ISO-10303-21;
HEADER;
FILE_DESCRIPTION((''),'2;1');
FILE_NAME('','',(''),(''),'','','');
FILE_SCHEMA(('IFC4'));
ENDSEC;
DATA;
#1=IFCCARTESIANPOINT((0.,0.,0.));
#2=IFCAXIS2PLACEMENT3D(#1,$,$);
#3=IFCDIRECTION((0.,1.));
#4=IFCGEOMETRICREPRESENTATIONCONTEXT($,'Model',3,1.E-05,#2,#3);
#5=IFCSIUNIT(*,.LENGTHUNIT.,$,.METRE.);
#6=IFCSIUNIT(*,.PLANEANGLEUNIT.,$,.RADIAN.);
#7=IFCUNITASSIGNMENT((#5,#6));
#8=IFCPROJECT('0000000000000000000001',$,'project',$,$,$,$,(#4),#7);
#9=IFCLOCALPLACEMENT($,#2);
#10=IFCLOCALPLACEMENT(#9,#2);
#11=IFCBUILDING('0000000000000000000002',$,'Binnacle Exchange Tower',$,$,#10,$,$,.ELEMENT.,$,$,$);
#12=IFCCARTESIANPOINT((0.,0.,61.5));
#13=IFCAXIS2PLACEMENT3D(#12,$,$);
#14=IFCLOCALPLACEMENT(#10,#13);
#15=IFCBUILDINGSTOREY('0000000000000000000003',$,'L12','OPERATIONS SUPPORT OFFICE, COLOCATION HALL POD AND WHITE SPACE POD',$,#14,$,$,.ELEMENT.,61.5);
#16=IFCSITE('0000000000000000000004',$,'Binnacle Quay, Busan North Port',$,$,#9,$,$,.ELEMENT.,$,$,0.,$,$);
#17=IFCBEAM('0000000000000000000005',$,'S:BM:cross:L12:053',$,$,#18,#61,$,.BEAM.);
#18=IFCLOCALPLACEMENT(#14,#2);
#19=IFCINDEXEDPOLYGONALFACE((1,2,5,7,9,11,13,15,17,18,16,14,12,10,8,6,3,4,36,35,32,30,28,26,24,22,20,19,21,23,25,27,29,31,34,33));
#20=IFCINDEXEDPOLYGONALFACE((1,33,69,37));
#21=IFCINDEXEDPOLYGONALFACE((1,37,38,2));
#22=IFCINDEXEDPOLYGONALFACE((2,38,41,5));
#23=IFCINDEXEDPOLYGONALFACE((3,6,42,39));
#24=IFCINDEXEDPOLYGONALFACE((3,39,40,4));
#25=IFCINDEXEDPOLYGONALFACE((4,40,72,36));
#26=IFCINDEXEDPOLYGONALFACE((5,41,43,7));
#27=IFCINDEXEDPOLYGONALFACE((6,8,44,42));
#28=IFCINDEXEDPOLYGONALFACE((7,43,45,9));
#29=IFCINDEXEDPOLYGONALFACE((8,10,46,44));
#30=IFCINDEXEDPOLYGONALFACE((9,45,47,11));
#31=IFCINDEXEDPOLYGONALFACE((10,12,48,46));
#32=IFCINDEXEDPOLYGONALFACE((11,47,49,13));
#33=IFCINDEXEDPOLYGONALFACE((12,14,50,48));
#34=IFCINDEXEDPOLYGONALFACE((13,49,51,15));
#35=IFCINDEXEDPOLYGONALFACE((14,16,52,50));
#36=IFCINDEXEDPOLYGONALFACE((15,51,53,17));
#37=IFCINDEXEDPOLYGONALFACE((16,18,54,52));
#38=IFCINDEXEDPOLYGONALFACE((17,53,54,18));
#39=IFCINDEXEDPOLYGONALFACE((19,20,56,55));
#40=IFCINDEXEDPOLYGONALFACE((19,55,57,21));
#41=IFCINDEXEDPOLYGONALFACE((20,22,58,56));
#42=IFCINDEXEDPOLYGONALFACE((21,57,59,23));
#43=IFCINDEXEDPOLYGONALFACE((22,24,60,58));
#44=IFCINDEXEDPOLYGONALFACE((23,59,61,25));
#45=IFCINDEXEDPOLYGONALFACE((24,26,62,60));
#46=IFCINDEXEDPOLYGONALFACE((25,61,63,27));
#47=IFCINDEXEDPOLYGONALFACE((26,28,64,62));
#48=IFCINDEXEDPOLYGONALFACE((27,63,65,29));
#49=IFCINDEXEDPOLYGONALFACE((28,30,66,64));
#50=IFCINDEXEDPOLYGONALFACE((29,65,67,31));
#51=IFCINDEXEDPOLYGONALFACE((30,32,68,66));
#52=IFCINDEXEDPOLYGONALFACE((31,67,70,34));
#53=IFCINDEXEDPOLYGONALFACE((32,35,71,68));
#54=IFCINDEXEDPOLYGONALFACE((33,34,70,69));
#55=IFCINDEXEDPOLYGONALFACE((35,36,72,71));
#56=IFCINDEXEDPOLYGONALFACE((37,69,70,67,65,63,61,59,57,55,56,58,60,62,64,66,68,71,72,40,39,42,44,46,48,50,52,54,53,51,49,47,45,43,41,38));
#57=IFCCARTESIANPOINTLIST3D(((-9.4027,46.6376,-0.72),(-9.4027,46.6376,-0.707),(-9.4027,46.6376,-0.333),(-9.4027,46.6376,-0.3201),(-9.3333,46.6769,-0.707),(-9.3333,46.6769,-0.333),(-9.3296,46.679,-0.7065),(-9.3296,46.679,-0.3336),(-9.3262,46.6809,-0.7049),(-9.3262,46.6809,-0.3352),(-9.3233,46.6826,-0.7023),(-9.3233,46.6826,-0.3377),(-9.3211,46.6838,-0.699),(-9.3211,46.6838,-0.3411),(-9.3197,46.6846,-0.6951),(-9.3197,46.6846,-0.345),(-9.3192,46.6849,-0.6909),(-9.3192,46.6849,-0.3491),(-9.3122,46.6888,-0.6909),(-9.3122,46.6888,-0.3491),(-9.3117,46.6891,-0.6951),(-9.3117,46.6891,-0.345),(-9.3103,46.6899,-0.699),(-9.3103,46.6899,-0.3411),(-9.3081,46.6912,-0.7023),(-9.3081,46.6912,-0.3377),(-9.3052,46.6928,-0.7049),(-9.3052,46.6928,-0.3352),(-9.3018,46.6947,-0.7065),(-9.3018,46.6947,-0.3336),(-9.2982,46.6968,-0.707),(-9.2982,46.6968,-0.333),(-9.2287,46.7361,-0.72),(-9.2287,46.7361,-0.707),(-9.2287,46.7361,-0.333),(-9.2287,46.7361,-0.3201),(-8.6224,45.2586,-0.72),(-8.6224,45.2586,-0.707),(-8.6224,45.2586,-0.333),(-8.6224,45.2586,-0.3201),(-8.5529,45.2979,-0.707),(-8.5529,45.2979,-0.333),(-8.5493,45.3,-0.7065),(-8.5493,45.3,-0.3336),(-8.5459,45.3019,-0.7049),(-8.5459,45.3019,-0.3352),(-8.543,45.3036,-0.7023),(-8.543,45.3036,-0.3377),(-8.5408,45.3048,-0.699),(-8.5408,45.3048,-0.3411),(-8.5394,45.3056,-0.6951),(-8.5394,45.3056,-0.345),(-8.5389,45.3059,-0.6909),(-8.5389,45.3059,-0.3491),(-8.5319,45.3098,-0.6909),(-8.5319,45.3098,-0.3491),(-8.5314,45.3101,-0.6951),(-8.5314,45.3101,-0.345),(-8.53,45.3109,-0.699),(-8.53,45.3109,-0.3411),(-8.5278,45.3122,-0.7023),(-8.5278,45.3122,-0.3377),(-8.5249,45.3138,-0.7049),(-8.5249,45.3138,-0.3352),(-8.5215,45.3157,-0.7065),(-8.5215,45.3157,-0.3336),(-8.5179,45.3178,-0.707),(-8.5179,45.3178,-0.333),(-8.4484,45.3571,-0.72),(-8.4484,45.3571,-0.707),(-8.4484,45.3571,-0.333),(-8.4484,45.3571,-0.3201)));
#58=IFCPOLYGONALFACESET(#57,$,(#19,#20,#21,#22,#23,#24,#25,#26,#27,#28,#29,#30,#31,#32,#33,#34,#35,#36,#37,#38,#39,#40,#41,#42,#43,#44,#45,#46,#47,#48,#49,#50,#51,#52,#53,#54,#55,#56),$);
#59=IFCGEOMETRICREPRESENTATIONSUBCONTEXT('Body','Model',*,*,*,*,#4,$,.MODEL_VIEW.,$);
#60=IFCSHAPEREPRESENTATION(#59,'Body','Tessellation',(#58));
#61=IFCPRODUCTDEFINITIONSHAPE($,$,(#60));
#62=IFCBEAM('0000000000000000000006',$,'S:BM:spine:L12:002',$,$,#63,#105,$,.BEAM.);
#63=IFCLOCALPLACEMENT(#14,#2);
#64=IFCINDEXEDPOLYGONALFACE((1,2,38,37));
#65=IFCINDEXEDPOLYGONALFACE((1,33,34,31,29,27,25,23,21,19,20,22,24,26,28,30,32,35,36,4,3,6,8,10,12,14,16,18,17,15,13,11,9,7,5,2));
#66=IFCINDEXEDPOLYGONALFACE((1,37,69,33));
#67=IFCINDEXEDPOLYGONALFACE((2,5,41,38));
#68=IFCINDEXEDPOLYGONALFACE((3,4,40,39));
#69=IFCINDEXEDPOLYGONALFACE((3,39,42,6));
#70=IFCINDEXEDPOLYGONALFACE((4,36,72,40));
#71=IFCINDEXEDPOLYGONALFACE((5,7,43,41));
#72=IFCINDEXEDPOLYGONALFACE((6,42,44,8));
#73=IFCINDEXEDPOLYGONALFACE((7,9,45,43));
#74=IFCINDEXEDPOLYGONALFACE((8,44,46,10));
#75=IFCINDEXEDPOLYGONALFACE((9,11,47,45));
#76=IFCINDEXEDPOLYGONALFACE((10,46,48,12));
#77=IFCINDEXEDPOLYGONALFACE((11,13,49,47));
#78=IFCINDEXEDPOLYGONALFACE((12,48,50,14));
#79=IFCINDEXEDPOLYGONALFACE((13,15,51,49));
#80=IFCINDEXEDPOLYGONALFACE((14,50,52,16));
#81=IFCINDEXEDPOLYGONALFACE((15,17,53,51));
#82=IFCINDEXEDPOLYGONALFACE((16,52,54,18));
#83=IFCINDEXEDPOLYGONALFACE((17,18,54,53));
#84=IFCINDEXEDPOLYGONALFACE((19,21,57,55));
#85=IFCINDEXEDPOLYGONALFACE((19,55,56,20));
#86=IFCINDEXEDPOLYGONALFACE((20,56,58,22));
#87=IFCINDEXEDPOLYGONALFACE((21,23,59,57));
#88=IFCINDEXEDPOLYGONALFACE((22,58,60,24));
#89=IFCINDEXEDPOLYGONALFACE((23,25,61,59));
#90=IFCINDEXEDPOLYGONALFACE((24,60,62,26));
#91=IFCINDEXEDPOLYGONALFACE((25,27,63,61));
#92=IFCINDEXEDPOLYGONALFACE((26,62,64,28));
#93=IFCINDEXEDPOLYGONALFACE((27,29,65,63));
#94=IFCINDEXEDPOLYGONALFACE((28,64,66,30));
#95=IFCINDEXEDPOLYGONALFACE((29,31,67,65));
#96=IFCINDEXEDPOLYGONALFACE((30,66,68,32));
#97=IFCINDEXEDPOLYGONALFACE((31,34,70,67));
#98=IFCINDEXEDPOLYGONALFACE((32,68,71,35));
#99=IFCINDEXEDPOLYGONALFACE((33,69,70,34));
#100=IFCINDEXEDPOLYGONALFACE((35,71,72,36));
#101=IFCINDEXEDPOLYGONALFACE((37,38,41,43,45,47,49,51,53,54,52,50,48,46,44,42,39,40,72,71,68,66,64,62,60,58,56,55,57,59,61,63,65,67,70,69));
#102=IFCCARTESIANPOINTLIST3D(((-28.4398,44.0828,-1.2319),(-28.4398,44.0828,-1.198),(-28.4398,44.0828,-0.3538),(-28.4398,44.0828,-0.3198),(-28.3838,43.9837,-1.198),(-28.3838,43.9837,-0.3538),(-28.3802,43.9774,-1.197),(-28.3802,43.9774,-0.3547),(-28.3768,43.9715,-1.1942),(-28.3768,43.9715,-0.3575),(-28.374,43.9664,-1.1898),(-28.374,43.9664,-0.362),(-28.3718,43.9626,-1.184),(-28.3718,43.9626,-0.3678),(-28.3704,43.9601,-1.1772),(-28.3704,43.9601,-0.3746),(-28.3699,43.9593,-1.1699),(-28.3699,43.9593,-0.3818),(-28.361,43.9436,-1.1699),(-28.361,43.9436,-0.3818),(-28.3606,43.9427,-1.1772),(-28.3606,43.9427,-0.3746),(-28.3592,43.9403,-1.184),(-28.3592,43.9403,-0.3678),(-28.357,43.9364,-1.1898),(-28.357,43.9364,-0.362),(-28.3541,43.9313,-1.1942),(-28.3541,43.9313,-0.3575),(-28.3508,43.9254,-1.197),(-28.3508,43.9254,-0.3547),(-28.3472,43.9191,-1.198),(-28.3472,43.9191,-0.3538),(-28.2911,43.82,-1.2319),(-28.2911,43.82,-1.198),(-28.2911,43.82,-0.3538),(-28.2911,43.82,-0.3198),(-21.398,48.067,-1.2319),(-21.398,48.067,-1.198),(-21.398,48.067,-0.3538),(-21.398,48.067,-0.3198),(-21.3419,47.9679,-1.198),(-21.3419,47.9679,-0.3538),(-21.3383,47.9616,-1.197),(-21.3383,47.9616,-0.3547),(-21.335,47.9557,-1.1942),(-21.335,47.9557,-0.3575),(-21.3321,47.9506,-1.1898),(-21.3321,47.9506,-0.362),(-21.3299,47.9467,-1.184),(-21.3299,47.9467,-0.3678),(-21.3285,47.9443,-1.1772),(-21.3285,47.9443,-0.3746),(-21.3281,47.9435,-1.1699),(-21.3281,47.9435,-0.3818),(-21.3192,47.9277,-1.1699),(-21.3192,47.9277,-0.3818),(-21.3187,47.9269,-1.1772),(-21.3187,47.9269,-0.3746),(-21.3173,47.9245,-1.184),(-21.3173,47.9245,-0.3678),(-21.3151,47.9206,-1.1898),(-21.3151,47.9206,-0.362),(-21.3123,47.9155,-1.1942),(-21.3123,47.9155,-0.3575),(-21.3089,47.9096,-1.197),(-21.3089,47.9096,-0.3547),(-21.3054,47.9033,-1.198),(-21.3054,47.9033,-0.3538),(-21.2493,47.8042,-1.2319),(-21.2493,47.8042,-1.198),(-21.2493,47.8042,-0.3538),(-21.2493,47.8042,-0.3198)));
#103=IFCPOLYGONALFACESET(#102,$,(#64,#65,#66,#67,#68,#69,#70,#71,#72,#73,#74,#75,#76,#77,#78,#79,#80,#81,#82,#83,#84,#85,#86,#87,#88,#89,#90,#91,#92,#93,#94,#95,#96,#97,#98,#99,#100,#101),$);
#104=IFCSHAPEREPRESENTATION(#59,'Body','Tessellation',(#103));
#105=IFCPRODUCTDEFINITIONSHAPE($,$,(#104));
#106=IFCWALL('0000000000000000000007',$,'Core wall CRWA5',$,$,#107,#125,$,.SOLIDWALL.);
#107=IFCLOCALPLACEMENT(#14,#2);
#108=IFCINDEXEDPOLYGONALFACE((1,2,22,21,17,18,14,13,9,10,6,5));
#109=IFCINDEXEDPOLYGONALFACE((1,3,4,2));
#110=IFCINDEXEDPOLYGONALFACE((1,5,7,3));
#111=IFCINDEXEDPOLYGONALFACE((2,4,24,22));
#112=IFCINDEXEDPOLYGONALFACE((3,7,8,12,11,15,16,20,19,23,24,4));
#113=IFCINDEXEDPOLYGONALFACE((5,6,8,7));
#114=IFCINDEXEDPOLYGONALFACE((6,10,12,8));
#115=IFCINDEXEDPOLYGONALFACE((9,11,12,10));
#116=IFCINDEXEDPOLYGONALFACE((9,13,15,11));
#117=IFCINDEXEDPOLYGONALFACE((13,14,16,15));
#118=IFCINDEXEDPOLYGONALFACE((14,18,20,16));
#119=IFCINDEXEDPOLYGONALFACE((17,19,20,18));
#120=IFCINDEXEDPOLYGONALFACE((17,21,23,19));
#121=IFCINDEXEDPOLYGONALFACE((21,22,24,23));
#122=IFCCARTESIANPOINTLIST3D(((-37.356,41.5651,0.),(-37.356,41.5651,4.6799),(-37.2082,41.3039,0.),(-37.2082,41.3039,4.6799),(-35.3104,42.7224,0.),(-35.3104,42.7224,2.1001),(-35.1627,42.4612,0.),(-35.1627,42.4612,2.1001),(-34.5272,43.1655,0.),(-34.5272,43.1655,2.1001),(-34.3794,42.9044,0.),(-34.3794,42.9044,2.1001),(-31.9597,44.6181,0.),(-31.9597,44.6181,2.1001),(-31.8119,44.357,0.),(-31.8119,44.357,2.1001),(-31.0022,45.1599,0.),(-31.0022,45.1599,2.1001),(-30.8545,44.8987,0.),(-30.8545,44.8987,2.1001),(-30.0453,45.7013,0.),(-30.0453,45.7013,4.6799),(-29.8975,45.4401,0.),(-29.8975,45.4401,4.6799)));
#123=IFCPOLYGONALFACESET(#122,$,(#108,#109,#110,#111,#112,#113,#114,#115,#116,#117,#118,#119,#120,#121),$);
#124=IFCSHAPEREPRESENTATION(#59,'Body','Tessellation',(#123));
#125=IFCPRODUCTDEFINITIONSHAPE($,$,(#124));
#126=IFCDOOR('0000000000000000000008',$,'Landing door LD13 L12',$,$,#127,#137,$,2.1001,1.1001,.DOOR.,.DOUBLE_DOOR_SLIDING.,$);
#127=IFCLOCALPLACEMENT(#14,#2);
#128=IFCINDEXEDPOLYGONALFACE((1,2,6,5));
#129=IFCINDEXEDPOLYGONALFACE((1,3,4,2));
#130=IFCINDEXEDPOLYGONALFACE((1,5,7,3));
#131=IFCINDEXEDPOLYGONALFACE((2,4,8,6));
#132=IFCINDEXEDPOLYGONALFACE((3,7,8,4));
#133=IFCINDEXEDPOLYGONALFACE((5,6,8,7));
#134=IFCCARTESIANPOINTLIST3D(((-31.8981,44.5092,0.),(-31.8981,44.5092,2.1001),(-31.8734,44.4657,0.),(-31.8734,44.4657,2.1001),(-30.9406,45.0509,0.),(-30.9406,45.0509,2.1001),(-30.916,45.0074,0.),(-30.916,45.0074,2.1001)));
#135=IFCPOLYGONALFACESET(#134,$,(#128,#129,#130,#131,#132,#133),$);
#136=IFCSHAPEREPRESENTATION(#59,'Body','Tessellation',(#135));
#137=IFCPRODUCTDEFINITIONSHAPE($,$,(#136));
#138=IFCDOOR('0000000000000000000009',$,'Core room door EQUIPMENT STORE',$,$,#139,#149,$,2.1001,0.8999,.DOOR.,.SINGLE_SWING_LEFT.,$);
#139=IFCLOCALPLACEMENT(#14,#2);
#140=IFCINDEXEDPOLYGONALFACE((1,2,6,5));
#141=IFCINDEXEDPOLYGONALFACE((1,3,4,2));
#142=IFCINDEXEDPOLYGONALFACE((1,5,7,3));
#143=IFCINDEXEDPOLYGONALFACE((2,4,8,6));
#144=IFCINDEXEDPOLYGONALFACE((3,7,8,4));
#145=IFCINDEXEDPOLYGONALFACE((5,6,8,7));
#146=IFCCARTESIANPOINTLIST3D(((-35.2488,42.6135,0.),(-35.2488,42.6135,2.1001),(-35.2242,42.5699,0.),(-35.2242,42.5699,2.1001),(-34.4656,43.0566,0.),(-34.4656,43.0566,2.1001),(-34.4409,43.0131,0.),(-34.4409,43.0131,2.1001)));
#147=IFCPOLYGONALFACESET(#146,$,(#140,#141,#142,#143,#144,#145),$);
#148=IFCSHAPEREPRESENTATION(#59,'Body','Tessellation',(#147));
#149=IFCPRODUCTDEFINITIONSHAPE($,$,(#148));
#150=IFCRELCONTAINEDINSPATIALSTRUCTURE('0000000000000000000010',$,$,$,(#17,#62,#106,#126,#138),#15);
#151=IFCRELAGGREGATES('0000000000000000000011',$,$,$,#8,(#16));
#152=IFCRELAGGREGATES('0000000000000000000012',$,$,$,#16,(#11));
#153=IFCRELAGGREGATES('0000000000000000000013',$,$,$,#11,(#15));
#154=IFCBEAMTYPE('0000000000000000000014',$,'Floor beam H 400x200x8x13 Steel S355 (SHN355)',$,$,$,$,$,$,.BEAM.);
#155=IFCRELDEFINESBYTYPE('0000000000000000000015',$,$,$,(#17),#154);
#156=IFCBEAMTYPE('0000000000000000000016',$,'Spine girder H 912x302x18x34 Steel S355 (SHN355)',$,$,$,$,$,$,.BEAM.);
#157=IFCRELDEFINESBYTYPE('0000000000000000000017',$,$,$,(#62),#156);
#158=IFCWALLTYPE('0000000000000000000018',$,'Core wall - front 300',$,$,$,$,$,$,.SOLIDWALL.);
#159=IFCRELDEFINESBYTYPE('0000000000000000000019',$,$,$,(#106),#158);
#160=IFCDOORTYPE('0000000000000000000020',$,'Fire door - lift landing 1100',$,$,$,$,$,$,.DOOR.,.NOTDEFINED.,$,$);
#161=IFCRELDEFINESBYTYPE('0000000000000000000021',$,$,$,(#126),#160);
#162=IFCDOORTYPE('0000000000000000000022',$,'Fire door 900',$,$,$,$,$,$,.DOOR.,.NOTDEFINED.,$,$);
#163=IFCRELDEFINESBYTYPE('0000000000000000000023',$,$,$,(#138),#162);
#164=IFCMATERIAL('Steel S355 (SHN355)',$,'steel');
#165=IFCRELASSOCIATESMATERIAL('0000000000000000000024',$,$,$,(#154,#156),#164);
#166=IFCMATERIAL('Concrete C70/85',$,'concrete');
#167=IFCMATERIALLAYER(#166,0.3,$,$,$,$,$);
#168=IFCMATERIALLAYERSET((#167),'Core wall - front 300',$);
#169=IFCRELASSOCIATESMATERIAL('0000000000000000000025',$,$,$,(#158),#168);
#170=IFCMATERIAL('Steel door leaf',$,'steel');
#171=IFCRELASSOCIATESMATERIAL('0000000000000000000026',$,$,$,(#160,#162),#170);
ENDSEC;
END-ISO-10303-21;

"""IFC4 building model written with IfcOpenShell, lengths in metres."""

from ifc_helpers import new_model, si_unit, direction, frame, frame_2d, origin, origin_2d, place, context, subcontext, project, spatial, rectangle, i_section, extrude, material, layer, layer_set, material_profile, profile_set, type_object, element, fill, save


model = new_model("IFC4")

# Units and contexts
model_context = context("Model", 3, precision=1e-05, world=origin(), true_north=direction((0.0, 1.0)))
body_context = subcontext(model_context, "Body", "Model", "MODEL_VIEW")
ifc_project = project(units=[si_unit("LENGTHUNIT", "METRE"), si_unit("PLANEANGLEUNIT", "RADIAN")], contexts=[model_context])

# Site, building, storey
site_placement = place(None, origin())
site = spatial("IfcSite", under=ifc_project, at=site_placement, Name="Binnacle Quay, Busan North Port", CompositionType="ELEMENT", RefElevation=0.0)
building_placement = place(site_placement, origin())
building = spatial("IfcBuilding", under=site, at=building_placement, Name="Binnacle Exchange Tower", CompositionType="ELEMENT")
storey_placement = place(building_placement, frame((0.0, 0.0, 61.5)))
storey = spatial("IfcBuildingStorey", under=building, at=storey_placement, Name="L12", Description="OPERATIONS SUPPORT OFFICE, COLOCATION HALL POD AND WHITE SPACE POD", CompositionType="ELEMENT", Elevation=61.5)

# Shared definitions
ifc_material_1 = material(Name="Concrete C70/85", Category="concrete")

# Beams
ifc_material_2 = material(Name="Steel S355 (SHN355)", Category="steel")
ifc_material_profile_1 = material_profile(ifc_material_2, i_section(OverallWidth=0.2, OverallDepth=0.3999, WebThickness=0.0081, FlangeThickness=0.0129, FilletRadius=0.0161, at=origin_2d()), Name="H 400x200x8x13")
ifc_profile_set_1 = profile_set([ifc_material_profile_1], Name="Steel S355 (SHN355)")
beam_type_1 = type_object("IfcBeamType", Name="Floor beam H 400x200x8x13 Steel S355 (SHN355)", PredefinedType="BEAM", material=ifc_profile_set_1)
beam_1_placement = place(storey_placement, frame((-8.5354, 45.3079, -0.52), z_axis=(-0.492484, 0.870322, 0.0), x_axis=(-0.870322, -0.492484, 0.0)))
element("IfcBeam", 1, at=beam_1_placement, inside=storey, type_object=beam_type_1, Name="S:BM:cross:L12:053", PredefinedType="BEAM", context=body_context, shape_type="SweptSolid", body=[
    extrude(i_section(OverallWidth=0.2, OverallDepth=0.3999, WebThickness=0.0081, FlangeThickness=0.0129, FilletRadius=0.0161, at=origin_2d()), origin(), (0.0, 0.0, 1.0), 1.5845),
])
ifc_material_profile_2 = material_profile(ifc_material_2, i_section(OverallWidth=0.302, OverallDepth=0.9121, WebThickness=0.0181, FlangeThickness=0.0339, FilletRadius=0.0281, at=origin_2d()), Name="H 912x302x18x34")
ifc_profile_set_2 = profile_set([ifc_material_profile_2], Name="Steel S355 (SHN355)")
beam_type_2 = type_object("IfcBeamType", Name="Spine girder H 912x302x18x34 Steel S355 (SHN355)", PredefinedType="BEAM", material=ifc_profile_set_2)
beam_2_placement = place(storey_placement, frame((-28.3655, 43.9514, -0.7759), z_axis=(0.87035, 0.492433, 0.0), x_axis=(-0.492433, 0.87035, 0.0)))
element("IfcBeam", 2, at=beam_2_placement, inside=storey, type_object=beam_type_2, Name="S:BM:spine:L12:002", PredefinedType="BEAM", context=body_context, shape_type="SweptSolid", body=[
    extrude(i_section(OverallWidth=0.302, OverallDepth=0.9121, WebThickness=0.0181, FlangeThickness=0.0339, FilletRadius=0.0281, at=origin_2d()), origin(), (0.0, 0.0, 1.0), 8.0908),
])

# Wall, openings, doors
ifc_layer_1 = layer(ifc_material_1, 0.3)
ifc_layer_set_1 = layer_set([ifc_layer_1], Name="Core wall - front 300")
wall_type_1 = type_object("IfcWallType", Name="Core wall - front 300", PredefinedType="SOLIDWALL", material=ifc_layer_set_1)
wall_1_placement = place(storey_placement, frame((-37.282, 41.4346, 0.0), z_axis=(0.0, 0.0, 1.0), x_axis=(0.870357, 0.492422, 0.0)))
wall_1 = element("IfcWall", 3, at=wall_1_placement, inside=storey, type_object=wall_type_1, Name="Core wall CRWA5", PredefinedType="SOLIDWALL", context=body_context, shape_type="SweptSolid", body=[
    extrude(rectangle(XDim=8.3997, YDim=0.3, at=frame_2d((4.1997, 0.0))), origin(), (0.0, 0.0, 1.0), 4.6799),
])
opening_1_placement = place(wall_1_placement, frame((6.2, 0.0, 0.0)))
opening_1 = element("IfcOpeningElement", 4, at=opening_1_placement, cuts=wall_1, PredefinedType="OPENING", context=body_context, shape_type="SweptSolid", body=[
    extrude(rectangle(XDim=1.1001, YDim=2.1001, at=frame_2d((0.55, 1.05))), frame((0.0, 0.1599, 0.0), z_axis=(0.0, -1.0, 0.0), x_axis=(1.0, 0.0, 0.0)), (0.0, 0.0, 1.0), 0.3201),
])
opening_2_placement = place(wall_1_placement, frame((2.3501, 0.0, 0.0)))
opening_2 = element("IfcOpeningElement", 5, at=opening_2_placement, cuts=wall_1, PredefinedType="OPENING", context=body_context, shape_type="SweptSolid", body=[
    extrude(rectangle(XDim=0.8999, YDim=2.1001, at=frame_2d((0.45, 1.05))), frame((0.0, 0.1599, 0.0), z_axis=(0.0, -1.0, 0.0), x_axis=(1.0, 0.0, 0.0)), (0.0, 0.0, 1.0), 0.3201),
])
ifc_material_3 = material(Name="Steel door leaf", Category="steel")
door_type_1 = type_object("IfcDoorType", Name="Fire door - lift landing 1100", OperationType="NOTDEFINED", PredefinedType="DOOR", material=ifc_material_3)
door_1_placement = place(opening_1_placement, origin())
door_1 = element("IfcDoor", 6, at=door_1_placement, inside=storey, type_object=door_type_1, Name="Landing door LD13 L12", OperationType="DOUBLE_DOOR_SLIDING", OverallHeight=2.1001, OverallWidth=1.1001, PredefinedType="DOOR", context=body_context, shape_type="SweptSolid", body=[
    extrude(rectangle(XDim=1.1001, YDim=2.1001, at=frame_2d((0.55, 1.05))), frame((0.0, 0.0249, 0.0), z_axis=(0.0, -1.0, 0.0), x_axis=(1.0, 0.0, 0.0)), (0.0, 0.0, 1.0), 0.05),
])
fill(opening_1, door_1)
door_type_2 = type_object("IfcDoorType", Name="Fire door 900", OperationType="NOTDEFINED", PredefinedType="DOOR", material=ifc_material_3)
door_2_placement = place(opening_2_placement, origin())
door_2 = element("IfcDoor", 7, at=door_2_placement, inside=storey, type_object=door_type_2, Name="Core room door EQUIPMENT STORE", OperationType="SINGLE_SWING_LEFT", OverallHeight=2.1001, OverallWidth=0.8999, PredefinedType="DOOR", context=body_context, shape_type="SweptSolid", body=[
    extrude(rectangle(XDim=0.8999, YDim=2.1001, at=frame_2d((0.45, 1.05))), frame((0.0, 0.0249, 0.0), z_axis=(0.0, -1.0, 0.0), x_axis=(1.0, 0.0, 0.0)), (0.0, 0.0, 1.0), 0.05),
])
fill(opening_2, door_2)

save(model, "model.ifc")
